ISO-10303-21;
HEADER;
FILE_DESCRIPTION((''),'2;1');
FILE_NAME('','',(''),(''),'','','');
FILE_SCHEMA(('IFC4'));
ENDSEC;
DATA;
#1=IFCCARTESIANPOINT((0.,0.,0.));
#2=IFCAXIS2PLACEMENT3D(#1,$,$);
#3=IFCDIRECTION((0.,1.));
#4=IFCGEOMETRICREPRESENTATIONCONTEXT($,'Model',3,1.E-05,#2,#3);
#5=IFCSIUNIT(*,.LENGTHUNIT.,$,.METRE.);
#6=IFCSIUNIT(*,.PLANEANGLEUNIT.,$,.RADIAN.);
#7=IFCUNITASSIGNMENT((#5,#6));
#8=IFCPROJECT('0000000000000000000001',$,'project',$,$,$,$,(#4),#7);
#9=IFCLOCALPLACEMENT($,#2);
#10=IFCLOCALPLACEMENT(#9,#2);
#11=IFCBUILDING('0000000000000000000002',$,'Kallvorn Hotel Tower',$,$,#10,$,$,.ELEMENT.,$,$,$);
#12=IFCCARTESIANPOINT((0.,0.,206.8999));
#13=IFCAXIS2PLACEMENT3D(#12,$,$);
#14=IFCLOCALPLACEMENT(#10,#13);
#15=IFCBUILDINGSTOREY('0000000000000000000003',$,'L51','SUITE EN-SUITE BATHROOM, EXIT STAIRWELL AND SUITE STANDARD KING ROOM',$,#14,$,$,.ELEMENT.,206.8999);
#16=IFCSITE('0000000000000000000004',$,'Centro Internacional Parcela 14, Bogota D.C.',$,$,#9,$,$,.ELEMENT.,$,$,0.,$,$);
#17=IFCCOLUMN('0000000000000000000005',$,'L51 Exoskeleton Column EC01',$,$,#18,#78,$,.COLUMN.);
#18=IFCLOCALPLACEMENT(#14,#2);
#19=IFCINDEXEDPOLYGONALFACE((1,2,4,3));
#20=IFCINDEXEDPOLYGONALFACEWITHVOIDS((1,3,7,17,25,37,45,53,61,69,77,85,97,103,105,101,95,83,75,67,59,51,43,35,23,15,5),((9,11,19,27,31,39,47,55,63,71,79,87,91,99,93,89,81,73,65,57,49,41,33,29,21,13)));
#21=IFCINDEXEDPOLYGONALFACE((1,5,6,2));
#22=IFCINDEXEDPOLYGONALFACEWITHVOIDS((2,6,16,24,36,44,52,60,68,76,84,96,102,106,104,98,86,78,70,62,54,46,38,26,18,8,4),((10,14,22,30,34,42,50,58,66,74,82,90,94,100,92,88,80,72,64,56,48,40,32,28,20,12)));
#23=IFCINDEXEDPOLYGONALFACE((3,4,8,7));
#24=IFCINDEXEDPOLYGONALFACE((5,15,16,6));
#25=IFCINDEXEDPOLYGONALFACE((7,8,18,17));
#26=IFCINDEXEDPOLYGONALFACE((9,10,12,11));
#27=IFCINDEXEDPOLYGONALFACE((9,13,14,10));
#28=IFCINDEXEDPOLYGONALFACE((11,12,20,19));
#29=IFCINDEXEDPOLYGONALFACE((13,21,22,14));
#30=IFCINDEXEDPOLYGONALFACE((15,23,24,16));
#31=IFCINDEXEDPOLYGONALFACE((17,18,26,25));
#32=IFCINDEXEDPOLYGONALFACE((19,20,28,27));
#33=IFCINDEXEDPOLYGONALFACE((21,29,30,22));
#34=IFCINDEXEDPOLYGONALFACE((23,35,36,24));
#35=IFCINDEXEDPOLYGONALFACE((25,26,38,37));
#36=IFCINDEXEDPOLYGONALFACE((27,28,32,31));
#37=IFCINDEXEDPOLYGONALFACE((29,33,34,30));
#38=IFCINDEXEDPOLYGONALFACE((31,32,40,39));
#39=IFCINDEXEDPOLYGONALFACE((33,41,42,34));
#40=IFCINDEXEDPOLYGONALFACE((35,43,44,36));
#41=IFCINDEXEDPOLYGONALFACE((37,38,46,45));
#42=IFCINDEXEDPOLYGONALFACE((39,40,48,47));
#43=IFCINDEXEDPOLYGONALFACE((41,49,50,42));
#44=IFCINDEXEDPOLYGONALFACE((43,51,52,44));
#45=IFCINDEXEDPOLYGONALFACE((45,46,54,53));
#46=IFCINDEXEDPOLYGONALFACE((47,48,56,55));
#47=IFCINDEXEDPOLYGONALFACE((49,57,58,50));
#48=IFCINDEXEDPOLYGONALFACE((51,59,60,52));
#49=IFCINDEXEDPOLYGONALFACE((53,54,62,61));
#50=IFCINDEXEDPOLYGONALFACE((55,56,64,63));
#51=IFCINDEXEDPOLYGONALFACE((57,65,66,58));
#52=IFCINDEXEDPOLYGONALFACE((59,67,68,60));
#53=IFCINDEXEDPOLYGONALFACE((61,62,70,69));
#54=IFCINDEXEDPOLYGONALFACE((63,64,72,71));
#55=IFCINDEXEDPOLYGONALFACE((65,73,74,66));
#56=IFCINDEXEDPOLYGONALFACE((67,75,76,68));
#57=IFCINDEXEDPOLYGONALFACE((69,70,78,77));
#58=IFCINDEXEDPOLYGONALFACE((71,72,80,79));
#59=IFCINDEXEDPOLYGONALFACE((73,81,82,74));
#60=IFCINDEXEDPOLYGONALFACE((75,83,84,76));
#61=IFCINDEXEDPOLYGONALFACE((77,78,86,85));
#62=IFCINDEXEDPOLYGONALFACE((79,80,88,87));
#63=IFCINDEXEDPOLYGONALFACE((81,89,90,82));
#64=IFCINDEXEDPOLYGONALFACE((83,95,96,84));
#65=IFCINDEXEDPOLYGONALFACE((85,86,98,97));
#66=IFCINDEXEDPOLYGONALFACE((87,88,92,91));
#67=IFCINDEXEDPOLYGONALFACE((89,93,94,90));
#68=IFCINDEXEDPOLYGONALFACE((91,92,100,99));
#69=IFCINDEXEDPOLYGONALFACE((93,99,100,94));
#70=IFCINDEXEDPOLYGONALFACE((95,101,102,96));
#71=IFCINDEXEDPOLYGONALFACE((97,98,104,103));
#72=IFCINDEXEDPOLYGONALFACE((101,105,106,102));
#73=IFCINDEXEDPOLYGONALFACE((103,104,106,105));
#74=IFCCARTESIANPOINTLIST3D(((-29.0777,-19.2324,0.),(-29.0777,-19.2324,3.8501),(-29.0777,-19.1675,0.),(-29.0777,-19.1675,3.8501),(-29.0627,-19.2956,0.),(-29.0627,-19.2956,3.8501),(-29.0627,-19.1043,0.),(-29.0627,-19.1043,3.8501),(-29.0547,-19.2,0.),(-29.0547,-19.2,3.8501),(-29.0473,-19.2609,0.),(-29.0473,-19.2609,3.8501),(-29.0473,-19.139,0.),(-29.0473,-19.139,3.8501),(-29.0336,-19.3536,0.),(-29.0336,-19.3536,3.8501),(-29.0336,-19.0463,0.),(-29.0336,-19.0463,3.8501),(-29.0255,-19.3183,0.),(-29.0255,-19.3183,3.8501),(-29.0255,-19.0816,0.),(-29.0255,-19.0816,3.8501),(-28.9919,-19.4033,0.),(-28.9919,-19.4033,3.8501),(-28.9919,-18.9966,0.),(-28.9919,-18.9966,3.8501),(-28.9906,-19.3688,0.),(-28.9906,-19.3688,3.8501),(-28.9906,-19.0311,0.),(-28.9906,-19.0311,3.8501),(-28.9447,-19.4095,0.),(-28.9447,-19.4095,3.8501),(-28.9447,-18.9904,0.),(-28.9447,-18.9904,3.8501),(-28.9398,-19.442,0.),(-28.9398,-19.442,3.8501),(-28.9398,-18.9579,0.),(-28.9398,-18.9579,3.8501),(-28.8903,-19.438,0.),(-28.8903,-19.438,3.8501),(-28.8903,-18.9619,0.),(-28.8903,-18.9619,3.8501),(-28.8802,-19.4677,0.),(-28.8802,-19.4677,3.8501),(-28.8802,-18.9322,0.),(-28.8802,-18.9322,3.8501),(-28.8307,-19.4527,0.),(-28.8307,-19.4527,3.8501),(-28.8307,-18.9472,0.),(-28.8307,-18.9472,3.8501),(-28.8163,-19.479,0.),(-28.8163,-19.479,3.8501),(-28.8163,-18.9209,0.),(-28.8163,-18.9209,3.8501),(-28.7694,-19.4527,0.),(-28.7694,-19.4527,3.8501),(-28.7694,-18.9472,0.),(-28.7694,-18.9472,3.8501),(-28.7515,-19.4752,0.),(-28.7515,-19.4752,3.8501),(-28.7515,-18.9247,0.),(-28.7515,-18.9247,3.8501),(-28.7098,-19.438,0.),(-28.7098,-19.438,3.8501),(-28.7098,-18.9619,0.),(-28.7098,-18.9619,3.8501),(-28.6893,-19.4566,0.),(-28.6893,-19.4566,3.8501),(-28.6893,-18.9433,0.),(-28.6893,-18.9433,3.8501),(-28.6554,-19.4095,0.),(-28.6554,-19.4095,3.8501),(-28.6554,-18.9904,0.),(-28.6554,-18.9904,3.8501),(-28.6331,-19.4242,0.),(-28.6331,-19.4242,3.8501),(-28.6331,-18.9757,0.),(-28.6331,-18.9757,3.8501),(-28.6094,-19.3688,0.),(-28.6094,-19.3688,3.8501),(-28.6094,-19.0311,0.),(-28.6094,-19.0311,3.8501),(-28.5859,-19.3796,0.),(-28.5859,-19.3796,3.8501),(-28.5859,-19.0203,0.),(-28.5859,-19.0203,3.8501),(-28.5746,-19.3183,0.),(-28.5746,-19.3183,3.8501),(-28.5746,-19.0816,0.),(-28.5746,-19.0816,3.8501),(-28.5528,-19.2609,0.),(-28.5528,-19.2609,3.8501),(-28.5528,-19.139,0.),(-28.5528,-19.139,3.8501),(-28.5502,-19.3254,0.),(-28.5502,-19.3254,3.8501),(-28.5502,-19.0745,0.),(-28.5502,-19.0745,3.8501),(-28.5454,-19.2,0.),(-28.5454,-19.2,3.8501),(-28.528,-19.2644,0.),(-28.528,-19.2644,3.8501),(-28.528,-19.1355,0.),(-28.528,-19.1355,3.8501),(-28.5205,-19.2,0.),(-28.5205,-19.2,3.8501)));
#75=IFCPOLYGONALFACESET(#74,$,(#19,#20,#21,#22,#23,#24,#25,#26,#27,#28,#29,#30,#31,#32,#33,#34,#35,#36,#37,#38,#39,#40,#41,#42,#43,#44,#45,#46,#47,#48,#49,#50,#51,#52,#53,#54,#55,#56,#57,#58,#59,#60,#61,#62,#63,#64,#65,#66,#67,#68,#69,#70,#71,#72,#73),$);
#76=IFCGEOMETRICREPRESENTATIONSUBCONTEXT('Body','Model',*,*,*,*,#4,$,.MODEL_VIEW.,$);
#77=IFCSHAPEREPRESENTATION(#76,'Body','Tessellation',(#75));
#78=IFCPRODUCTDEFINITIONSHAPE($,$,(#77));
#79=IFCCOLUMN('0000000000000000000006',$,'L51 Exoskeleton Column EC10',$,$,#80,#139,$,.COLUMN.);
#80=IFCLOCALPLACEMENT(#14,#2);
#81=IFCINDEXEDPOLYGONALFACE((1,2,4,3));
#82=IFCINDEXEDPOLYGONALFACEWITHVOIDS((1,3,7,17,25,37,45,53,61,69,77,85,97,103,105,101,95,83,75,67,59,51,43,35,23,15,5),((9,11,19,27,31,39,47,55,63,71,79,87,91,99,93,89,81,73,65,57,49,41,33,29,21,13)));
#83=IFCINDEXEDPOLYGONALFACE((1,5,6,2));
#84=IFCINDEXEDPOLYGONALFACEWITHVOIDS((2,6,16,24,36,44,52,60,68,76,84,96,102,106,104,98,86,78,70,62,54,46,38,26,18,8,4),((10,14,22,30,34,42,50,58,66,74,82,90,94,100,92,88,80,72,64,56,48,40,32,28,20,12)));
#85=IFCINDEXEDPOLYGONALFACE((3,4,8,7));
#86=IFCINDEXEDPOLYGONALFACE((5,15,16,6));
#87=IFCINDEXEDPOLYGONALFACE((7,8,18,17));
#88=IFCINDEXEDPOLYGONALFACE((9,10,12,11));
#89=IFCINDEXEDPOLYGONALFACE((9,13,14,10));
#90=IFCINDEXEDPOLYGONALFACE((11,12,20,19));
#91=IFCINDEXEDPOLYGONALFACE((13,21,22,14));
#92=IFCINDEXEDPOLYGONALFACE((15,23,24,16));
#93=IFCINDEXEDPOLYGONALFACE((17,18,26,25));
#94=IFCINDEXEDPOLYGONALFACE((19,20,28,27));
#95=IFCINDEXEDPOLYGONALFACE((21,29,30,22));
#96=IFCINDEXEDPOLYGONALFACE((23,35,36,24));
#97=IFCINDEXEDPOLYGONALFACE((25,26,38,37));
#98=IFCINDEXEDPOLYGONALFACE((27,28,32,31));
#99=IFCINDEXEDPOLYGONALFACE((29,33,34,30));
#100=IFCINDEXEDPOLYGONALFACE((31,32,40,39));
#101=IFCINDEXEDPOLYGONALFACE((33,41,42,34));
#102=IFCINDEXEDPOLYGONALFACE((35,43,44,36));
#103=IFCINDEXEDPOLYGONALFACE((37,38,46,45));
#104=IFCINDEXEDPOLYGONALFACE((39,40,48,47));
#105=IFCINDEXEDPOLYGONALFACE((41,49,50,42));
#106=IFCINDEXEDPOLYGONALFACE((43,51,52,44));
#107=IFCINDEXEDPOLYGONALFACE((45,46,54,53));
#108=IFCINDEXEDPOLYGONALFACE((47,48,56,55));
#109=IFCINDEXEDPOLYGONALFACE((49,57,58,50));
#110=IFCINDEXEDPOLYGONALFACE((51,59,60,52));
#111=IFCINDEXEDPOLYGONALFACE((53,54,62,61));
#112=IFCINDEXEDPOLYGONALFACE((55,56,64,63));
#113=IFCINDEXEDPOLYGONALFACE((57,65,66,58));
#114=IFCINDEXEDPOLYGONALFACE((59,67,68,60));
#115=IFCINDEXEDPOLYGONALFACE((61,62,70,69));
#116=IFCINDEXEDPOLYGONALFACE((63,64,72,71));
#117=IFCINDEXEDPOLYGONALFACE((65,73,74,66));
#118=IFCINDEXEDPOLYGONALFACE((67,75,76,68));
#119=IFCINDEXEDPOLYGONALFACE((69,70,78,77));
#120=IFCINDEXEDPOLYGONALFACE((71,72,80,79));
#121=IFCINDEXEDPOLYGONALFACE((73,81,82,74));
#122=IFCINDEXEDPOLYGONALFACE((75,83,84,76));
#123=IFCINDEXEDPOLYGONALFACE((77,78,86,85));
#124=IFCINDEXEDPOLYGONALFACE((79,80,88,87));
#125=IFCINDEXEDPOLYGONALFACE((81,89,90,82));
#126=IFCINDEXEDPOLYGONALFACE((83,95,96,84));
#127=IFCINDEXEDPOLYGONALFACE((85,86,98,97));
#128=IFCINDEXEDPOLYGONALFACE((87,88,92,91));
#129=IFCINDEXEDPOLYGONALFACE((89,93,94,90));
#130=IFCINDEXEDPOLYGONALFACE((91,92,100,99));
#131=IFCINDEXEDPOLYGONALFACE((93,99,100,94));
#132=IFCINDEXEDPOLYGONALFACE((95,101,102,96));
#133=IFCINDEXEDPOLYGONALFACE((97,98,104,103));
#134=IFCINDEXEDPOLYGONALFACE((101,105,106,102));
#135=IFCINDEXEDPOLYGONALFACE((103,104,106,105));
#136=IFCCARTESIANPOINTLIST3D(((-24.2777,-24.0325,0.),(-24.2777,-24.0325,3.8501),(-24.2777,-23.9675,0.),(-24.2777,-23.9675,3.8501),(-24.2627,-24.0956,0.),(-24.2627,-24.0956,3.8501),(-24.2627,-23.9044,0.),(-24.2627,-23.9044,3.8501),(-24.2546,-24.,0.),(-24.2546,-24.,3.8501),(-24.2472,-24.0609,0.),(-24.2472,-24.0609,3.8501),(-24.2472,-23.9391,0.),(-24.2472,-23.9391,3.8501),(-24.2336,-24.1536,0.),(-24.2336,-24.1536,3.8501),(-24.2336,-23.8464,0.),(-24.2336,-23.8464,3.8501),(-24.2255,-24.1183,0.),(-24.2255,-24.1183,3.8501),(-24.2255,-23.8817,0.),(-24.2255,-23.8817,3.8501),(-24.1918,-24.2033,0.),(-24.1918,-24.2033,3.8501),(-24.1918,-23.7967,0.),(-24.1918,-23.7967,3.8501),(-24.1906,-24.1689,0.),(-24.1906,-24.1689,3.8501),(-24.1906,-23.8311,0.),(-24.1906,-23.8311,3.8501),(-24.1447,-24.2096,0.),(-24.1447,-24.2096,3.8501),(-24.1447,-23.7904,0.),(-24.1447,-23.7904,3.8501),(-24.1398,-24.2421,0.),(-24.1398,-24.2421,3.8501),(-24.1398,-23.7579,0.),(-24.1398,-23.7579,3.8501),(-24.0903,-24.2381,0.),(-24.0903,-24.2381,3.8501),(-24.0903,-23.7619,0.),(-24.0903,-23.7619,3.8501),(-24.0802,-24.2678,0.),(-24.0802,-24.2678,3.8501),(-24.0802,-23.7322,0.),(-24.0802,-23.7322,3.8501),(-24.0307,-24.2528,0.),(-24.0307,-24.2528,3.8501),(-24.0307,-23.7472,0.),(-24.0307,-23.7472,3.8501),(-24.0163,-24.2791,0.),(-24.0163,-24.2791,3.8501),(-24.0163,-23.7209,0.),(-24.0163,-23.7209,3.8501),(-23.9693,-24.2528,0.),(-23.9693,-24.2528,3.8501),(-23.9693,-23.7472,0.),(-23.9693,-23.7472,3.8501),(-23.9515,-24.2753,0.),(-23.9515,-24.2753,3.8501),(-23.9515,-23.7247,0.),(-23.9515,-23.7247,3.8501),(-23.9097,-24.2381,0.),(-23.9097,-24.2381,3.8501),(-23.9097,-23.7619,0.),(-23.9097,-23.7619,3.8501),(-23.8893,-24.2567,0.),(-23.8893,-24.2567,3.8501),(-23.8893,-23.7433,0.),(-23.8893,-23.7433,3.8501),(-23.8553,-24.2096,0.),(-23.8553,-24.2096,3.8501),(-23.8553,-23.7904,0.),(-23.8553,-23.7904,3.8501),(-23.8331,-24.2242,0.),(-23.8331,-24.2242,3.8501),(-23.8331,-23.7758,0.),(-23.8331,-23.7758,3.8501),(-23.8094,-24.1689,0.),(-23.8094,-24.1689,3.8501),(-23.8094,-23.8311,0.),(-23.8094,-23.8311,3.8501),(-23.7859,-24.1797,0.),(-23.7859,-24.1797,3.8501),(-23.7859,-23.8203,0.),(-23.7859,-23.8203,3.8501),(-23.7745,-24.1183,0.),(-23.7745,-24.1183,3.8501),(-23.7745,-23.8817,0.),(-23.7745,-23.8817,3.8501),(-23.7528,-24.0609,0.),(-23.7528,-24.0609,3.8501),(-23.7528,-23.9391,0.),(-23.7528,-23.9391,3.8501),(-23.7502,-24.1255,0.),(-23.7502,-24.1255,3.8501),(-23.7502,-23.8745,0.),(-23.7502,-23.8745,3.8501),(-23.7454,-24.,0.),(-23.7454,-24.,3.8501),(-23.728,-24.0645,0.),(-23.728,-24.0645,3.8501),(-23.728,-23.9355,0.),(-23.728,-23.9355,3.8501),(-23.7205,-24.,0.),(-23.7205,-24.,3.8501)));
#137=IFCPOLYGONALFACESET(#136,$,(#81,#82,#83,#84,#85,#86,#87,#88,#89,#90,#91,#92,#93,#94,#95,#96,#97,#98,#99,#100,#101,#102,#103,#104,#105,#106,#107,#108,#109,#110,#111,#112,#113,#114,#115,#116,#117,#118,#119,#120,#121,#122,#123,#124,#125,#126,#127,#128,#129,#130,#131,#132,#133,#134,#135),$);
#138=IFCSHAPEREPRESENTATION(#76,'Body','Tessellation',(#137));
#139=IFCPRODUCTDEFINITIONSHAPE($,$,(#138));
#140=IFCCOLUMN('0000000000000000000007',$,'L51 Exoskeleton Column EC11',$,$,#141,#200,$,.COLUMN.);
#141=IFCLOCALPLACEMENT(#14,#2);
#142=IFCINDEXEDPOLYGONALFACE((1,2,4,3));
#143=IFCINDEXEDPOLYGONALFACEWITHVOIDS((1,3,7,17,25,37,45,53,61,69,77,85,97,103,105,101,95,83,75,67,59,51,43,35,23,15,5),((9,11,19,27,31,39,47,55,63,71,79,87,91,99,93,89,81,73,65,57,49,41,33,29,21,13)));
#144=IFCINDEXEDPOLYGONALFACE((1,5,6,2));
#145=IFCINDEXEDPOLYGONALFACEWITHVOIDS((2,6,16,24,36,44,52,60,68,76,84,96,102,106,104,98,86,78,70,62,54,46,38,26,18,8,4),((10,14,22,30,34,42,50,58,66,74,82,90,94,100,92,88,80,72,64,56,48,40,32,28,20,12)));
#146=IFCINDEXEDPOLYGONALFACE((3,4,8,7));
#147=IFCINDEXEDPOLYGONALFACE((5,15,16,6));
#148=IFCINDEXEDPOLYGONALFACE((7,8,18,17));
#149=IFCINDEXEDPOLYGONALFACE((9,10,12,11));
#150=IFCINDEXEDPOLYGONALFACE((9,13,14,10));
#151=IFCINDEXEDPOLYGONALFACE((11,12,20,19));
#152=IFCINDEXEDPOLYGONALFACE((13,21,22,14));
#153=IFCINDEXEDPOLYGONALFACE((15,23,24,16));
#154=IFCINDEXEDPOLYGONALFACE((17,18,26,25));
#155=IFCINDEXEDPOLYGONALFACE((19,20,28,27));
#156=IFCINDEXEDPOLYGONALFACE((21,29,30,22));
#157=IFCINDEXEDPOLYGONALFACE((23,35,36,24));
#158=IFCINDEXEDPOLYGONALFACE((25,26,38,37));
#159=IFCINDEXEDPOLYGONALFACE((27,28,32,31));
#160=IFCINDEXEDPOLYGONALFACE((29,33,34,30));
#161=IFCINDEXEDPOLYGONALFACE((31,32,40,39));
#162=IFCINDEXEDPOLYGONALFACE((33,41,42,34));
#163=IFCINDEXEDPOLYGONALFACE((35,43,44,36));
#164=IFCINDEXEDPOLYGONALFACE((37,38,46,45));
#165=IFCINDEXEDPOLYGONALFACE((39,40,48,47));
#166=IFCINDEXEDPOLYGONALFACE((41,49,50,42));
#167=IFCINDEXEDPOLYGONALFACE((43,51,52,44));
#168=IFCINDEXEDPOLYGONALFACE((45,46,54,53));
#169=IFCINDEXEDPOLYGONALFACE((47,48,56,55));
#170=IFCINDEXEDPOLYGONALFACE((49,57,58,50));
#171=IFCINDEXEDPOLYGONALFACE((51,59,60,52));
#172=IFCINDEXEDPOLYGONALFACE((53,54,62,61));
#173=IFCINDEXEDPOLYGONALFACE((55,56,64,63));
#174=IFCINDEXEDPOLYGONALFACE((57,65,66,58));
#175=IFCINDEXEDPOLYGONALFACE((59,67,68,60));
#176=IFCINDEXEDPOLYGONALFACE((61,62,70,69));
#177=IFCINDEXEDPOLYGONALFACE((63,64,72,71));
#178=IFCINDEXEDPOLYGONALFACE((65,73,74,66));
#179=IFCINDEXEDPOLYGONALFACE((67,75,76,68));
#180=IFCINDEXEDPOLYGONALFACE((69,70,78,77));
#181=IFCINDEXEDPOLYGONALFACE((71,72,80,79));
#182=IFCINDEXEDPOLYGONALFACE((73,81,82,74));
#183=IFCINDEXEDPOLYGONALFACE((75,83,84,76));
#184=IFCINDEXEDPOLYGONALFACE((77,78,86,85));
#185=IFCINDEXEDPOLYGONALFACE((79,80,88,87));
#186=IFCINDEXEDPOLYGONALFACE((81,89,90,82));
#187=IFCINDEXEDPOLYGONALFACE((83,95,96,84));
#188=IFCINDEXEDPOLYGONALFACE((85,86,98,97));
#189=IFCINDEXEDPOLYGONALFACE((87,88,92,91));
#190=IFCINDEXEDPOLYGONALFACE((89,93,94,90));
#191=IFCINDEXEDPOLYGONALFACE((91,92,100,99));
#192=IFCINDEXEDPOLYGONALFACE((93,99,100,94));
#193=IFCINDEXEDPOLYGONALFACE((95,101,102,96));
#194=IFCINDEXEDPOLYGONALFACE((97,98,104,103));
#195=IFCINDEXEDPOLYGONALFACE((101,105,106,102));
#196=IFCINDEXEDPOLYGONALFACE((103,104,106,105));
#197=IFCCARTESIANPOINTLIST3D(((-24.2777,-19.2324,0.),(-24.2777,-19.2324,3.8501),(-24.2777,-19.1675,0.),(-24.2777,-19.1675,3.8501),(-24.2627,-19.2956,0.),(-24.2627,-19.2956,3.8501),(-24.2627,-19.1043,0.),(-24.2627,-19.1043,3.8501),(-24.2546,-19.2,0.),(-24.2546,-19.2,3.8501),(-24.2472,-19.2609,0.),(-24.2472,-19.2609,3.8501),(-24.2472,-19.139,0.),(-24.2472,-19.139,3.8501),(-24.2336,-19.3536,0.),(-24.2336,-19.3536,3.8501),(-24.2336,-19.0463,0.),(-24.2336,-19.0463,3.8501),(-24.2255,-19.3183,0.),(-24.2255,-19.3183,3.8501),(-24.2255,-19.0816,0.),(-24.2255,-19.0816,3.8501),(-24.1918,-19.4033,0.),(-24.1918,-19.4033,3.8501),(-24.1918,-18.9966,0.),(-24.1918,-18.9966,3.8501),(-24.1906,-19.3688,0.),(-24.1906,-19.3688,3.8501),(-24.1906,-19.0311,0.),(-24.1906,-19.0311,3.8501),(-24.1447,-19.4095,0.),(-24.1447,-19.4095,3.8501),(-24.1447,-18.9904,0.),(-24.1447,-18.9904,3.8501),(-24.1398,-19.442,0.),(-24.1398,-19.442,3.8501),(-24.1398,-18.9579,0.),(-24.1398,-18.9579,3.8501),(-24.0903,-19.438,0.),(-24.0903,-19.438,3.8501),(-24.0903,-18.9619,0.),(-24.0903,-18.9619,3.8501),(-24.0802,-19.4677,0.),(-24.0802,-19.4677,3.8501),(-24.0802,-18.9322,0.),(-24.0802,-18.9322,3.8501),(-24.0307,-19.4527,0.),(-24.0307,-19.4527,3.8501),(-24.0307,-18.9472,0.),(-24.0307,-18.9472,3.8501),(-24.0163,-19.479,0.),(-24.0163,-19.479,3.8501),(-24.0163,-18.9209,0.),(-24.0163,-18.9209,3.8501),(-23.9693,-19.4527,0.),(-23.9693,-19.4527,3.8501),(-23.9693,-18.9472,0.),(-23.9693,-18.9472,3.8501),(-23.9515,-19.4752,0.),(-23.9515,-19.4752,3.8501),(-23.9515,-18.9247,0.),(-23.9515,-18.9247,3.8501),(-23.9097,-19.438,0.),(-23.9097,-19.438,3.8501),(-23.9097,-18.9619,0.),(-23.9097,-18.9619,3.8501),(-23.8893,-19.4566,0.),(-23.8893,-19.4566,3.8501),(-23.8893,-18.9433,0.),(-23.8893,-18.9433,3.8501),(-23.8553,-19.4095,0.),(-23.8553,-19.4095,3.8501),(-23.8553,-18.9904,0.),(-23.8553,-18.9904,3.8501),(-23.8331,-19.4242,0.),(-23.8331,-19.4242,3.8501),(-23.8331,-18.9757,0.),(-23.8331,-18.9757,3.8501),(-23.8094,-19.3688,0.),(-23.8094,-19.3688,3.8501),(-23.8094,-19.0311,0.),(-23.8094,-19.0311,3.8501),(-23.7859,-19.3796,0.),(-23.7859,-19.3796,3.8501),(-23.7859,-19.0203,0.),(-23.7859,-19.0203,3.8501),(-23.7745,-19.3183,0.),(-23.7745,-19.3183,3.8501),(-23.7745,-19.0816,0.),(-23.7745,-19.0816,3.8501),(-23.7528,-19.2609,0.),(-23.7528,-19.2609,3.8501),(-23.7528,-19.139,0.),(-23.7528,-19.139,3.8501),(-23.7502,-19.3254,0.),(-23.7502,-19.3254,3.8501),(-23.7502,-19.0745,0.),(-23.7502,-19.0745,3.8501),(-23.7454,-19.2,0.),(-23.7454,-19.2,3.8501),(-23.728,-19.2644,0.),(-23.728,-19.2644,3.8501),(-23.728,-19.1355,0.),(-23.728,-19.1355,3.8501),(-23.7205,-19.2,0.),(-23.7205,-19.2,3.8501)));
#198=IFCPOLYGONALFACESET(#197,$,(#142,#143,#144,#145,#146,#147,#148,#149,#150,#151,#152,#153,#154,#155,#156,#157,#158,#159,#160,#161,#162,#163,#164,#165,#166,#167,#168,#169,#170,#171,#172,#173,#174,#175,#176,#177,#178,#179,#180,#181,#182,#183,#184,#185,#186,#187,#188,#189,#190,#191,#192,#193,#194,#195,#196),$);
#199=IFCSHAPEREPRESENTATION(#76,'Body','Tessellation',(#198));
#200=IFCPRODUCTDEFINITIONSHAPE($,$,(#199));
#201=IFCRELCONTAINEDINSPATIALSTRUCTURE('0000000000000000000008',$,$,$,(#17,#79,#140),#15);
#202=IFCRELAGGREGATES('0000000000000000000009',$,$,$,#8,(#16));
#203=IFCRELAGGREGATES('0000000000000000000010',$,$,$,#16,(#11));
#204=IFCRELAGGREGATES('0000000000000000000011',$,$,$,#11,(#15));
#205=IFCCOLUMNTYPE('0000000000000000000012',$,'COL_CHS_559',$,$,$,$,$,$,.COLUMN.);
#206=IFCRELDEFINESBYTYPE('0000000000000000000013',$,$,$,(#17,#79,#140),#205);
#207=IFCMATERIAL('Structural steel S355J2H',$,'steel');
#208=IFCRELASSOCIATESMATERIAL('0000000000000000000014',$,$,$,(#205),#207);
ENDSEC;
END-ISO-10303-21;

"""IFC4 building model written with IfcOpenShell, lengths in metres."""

from ifc_helpers import new_model, si_unit, direction, frame, origin, origin_2d, place, context, subcontext, project, spatial, hollow_circle, extrude, material, material_profile, profile_set, type_object, element, save


model = new_model("IFC4")

# Units and contexts
model_context = context("Model", 3, precision=1e-05, world=origin(), true_north=direction((0.0, 1.0)))
body_context = subcontext(model_context, "Body", "Model", "MODEL_VIEW")
ifc_project = project(units=[si_unit("LENGTHUNIT", "METRE"), si_unit("PLANEANGLEUNIT", "RADIAN")], contexts=[model_context])

# Site, building, storey
site_placement = place(None, origin())
site = spatial("IfcSite", under=ifc_project, at=site_placement, Name="Centro Internacional Parcela 14, Bogota D.C.", CompositionType="ELEMENT", RefElevation=0.0)
building_placement = place(site_placement, origin())
building = spatial("IfcBuilding", under=site, at=building_placement, Name="Kallvorn Hotel Tower", CompositionType="ELEMENT")
storey_placement = place(building_placement, frame((0.0, 0.0, 206.8999)))
storey = spatial("IfcBuildingStorey", under=building, at=storey_placement, Name="L51", Description="SUITE EN-SUITE BATHROOM, EXIT STAIRWELL AND SUITE STANDARD KING ROOM", CompositionType="ELEMENT", Elevation=206.8999)

# Columns
ifc_material_1 = material(Name="Structural steel S355J2H", Category="steel")
ifc_material_profile_1 = material_profile(ifc_material_1, hollow_circle(Radius=0.2795, WallThickness=0.0249, at=origin_2d()), Name="CHS 559x25")
ifc_profile_set_1 = profile_set([ifc_material_profile_1], Name="Structural steel S355J2H")
column_type = type_object("IfcColumnType", Name="COL_CHS_559", PredefinedType="COLUMN", material=ifc_profile_set_1)
for number, where, z_axis, x_axis, name in (
    (1, (-28.8, -19.2, 0.0), (0.0, 0.0, 1.0), (1.0, 0.0, 0.0), "L51 Exoskeleton Column EC01"),
    (2, (-24.0, -24.0, 0.0), (0.0, 0.0, 1.0), (1.0, 0.0, 0.0), "L51 Exoskeleton Column EC10"),
    (3, (-24.0, -19.2, 0.0), (0.0, 0.0, 1.0), (1.0, 0.0, 0.0), "L51 Exoskeleton Column EC11"),
):
    element("IfcColumn", number, at=place(storey_placement, frame(where, z_axis=z_axis, x_axis=x_axis)), inside=storey, type_object=column_type, Name=name, PredefinedType="COLUMN", context=body_context, shape_type="SweptSolid", body=[
        extrude(hollow_circle(Radius=0.2795, WallThickness=0.0249, at=origin_2d()), origin(), (0.0, 0.0, 1.0), 3.8501),
    ])

save(model, "model.ifc")
